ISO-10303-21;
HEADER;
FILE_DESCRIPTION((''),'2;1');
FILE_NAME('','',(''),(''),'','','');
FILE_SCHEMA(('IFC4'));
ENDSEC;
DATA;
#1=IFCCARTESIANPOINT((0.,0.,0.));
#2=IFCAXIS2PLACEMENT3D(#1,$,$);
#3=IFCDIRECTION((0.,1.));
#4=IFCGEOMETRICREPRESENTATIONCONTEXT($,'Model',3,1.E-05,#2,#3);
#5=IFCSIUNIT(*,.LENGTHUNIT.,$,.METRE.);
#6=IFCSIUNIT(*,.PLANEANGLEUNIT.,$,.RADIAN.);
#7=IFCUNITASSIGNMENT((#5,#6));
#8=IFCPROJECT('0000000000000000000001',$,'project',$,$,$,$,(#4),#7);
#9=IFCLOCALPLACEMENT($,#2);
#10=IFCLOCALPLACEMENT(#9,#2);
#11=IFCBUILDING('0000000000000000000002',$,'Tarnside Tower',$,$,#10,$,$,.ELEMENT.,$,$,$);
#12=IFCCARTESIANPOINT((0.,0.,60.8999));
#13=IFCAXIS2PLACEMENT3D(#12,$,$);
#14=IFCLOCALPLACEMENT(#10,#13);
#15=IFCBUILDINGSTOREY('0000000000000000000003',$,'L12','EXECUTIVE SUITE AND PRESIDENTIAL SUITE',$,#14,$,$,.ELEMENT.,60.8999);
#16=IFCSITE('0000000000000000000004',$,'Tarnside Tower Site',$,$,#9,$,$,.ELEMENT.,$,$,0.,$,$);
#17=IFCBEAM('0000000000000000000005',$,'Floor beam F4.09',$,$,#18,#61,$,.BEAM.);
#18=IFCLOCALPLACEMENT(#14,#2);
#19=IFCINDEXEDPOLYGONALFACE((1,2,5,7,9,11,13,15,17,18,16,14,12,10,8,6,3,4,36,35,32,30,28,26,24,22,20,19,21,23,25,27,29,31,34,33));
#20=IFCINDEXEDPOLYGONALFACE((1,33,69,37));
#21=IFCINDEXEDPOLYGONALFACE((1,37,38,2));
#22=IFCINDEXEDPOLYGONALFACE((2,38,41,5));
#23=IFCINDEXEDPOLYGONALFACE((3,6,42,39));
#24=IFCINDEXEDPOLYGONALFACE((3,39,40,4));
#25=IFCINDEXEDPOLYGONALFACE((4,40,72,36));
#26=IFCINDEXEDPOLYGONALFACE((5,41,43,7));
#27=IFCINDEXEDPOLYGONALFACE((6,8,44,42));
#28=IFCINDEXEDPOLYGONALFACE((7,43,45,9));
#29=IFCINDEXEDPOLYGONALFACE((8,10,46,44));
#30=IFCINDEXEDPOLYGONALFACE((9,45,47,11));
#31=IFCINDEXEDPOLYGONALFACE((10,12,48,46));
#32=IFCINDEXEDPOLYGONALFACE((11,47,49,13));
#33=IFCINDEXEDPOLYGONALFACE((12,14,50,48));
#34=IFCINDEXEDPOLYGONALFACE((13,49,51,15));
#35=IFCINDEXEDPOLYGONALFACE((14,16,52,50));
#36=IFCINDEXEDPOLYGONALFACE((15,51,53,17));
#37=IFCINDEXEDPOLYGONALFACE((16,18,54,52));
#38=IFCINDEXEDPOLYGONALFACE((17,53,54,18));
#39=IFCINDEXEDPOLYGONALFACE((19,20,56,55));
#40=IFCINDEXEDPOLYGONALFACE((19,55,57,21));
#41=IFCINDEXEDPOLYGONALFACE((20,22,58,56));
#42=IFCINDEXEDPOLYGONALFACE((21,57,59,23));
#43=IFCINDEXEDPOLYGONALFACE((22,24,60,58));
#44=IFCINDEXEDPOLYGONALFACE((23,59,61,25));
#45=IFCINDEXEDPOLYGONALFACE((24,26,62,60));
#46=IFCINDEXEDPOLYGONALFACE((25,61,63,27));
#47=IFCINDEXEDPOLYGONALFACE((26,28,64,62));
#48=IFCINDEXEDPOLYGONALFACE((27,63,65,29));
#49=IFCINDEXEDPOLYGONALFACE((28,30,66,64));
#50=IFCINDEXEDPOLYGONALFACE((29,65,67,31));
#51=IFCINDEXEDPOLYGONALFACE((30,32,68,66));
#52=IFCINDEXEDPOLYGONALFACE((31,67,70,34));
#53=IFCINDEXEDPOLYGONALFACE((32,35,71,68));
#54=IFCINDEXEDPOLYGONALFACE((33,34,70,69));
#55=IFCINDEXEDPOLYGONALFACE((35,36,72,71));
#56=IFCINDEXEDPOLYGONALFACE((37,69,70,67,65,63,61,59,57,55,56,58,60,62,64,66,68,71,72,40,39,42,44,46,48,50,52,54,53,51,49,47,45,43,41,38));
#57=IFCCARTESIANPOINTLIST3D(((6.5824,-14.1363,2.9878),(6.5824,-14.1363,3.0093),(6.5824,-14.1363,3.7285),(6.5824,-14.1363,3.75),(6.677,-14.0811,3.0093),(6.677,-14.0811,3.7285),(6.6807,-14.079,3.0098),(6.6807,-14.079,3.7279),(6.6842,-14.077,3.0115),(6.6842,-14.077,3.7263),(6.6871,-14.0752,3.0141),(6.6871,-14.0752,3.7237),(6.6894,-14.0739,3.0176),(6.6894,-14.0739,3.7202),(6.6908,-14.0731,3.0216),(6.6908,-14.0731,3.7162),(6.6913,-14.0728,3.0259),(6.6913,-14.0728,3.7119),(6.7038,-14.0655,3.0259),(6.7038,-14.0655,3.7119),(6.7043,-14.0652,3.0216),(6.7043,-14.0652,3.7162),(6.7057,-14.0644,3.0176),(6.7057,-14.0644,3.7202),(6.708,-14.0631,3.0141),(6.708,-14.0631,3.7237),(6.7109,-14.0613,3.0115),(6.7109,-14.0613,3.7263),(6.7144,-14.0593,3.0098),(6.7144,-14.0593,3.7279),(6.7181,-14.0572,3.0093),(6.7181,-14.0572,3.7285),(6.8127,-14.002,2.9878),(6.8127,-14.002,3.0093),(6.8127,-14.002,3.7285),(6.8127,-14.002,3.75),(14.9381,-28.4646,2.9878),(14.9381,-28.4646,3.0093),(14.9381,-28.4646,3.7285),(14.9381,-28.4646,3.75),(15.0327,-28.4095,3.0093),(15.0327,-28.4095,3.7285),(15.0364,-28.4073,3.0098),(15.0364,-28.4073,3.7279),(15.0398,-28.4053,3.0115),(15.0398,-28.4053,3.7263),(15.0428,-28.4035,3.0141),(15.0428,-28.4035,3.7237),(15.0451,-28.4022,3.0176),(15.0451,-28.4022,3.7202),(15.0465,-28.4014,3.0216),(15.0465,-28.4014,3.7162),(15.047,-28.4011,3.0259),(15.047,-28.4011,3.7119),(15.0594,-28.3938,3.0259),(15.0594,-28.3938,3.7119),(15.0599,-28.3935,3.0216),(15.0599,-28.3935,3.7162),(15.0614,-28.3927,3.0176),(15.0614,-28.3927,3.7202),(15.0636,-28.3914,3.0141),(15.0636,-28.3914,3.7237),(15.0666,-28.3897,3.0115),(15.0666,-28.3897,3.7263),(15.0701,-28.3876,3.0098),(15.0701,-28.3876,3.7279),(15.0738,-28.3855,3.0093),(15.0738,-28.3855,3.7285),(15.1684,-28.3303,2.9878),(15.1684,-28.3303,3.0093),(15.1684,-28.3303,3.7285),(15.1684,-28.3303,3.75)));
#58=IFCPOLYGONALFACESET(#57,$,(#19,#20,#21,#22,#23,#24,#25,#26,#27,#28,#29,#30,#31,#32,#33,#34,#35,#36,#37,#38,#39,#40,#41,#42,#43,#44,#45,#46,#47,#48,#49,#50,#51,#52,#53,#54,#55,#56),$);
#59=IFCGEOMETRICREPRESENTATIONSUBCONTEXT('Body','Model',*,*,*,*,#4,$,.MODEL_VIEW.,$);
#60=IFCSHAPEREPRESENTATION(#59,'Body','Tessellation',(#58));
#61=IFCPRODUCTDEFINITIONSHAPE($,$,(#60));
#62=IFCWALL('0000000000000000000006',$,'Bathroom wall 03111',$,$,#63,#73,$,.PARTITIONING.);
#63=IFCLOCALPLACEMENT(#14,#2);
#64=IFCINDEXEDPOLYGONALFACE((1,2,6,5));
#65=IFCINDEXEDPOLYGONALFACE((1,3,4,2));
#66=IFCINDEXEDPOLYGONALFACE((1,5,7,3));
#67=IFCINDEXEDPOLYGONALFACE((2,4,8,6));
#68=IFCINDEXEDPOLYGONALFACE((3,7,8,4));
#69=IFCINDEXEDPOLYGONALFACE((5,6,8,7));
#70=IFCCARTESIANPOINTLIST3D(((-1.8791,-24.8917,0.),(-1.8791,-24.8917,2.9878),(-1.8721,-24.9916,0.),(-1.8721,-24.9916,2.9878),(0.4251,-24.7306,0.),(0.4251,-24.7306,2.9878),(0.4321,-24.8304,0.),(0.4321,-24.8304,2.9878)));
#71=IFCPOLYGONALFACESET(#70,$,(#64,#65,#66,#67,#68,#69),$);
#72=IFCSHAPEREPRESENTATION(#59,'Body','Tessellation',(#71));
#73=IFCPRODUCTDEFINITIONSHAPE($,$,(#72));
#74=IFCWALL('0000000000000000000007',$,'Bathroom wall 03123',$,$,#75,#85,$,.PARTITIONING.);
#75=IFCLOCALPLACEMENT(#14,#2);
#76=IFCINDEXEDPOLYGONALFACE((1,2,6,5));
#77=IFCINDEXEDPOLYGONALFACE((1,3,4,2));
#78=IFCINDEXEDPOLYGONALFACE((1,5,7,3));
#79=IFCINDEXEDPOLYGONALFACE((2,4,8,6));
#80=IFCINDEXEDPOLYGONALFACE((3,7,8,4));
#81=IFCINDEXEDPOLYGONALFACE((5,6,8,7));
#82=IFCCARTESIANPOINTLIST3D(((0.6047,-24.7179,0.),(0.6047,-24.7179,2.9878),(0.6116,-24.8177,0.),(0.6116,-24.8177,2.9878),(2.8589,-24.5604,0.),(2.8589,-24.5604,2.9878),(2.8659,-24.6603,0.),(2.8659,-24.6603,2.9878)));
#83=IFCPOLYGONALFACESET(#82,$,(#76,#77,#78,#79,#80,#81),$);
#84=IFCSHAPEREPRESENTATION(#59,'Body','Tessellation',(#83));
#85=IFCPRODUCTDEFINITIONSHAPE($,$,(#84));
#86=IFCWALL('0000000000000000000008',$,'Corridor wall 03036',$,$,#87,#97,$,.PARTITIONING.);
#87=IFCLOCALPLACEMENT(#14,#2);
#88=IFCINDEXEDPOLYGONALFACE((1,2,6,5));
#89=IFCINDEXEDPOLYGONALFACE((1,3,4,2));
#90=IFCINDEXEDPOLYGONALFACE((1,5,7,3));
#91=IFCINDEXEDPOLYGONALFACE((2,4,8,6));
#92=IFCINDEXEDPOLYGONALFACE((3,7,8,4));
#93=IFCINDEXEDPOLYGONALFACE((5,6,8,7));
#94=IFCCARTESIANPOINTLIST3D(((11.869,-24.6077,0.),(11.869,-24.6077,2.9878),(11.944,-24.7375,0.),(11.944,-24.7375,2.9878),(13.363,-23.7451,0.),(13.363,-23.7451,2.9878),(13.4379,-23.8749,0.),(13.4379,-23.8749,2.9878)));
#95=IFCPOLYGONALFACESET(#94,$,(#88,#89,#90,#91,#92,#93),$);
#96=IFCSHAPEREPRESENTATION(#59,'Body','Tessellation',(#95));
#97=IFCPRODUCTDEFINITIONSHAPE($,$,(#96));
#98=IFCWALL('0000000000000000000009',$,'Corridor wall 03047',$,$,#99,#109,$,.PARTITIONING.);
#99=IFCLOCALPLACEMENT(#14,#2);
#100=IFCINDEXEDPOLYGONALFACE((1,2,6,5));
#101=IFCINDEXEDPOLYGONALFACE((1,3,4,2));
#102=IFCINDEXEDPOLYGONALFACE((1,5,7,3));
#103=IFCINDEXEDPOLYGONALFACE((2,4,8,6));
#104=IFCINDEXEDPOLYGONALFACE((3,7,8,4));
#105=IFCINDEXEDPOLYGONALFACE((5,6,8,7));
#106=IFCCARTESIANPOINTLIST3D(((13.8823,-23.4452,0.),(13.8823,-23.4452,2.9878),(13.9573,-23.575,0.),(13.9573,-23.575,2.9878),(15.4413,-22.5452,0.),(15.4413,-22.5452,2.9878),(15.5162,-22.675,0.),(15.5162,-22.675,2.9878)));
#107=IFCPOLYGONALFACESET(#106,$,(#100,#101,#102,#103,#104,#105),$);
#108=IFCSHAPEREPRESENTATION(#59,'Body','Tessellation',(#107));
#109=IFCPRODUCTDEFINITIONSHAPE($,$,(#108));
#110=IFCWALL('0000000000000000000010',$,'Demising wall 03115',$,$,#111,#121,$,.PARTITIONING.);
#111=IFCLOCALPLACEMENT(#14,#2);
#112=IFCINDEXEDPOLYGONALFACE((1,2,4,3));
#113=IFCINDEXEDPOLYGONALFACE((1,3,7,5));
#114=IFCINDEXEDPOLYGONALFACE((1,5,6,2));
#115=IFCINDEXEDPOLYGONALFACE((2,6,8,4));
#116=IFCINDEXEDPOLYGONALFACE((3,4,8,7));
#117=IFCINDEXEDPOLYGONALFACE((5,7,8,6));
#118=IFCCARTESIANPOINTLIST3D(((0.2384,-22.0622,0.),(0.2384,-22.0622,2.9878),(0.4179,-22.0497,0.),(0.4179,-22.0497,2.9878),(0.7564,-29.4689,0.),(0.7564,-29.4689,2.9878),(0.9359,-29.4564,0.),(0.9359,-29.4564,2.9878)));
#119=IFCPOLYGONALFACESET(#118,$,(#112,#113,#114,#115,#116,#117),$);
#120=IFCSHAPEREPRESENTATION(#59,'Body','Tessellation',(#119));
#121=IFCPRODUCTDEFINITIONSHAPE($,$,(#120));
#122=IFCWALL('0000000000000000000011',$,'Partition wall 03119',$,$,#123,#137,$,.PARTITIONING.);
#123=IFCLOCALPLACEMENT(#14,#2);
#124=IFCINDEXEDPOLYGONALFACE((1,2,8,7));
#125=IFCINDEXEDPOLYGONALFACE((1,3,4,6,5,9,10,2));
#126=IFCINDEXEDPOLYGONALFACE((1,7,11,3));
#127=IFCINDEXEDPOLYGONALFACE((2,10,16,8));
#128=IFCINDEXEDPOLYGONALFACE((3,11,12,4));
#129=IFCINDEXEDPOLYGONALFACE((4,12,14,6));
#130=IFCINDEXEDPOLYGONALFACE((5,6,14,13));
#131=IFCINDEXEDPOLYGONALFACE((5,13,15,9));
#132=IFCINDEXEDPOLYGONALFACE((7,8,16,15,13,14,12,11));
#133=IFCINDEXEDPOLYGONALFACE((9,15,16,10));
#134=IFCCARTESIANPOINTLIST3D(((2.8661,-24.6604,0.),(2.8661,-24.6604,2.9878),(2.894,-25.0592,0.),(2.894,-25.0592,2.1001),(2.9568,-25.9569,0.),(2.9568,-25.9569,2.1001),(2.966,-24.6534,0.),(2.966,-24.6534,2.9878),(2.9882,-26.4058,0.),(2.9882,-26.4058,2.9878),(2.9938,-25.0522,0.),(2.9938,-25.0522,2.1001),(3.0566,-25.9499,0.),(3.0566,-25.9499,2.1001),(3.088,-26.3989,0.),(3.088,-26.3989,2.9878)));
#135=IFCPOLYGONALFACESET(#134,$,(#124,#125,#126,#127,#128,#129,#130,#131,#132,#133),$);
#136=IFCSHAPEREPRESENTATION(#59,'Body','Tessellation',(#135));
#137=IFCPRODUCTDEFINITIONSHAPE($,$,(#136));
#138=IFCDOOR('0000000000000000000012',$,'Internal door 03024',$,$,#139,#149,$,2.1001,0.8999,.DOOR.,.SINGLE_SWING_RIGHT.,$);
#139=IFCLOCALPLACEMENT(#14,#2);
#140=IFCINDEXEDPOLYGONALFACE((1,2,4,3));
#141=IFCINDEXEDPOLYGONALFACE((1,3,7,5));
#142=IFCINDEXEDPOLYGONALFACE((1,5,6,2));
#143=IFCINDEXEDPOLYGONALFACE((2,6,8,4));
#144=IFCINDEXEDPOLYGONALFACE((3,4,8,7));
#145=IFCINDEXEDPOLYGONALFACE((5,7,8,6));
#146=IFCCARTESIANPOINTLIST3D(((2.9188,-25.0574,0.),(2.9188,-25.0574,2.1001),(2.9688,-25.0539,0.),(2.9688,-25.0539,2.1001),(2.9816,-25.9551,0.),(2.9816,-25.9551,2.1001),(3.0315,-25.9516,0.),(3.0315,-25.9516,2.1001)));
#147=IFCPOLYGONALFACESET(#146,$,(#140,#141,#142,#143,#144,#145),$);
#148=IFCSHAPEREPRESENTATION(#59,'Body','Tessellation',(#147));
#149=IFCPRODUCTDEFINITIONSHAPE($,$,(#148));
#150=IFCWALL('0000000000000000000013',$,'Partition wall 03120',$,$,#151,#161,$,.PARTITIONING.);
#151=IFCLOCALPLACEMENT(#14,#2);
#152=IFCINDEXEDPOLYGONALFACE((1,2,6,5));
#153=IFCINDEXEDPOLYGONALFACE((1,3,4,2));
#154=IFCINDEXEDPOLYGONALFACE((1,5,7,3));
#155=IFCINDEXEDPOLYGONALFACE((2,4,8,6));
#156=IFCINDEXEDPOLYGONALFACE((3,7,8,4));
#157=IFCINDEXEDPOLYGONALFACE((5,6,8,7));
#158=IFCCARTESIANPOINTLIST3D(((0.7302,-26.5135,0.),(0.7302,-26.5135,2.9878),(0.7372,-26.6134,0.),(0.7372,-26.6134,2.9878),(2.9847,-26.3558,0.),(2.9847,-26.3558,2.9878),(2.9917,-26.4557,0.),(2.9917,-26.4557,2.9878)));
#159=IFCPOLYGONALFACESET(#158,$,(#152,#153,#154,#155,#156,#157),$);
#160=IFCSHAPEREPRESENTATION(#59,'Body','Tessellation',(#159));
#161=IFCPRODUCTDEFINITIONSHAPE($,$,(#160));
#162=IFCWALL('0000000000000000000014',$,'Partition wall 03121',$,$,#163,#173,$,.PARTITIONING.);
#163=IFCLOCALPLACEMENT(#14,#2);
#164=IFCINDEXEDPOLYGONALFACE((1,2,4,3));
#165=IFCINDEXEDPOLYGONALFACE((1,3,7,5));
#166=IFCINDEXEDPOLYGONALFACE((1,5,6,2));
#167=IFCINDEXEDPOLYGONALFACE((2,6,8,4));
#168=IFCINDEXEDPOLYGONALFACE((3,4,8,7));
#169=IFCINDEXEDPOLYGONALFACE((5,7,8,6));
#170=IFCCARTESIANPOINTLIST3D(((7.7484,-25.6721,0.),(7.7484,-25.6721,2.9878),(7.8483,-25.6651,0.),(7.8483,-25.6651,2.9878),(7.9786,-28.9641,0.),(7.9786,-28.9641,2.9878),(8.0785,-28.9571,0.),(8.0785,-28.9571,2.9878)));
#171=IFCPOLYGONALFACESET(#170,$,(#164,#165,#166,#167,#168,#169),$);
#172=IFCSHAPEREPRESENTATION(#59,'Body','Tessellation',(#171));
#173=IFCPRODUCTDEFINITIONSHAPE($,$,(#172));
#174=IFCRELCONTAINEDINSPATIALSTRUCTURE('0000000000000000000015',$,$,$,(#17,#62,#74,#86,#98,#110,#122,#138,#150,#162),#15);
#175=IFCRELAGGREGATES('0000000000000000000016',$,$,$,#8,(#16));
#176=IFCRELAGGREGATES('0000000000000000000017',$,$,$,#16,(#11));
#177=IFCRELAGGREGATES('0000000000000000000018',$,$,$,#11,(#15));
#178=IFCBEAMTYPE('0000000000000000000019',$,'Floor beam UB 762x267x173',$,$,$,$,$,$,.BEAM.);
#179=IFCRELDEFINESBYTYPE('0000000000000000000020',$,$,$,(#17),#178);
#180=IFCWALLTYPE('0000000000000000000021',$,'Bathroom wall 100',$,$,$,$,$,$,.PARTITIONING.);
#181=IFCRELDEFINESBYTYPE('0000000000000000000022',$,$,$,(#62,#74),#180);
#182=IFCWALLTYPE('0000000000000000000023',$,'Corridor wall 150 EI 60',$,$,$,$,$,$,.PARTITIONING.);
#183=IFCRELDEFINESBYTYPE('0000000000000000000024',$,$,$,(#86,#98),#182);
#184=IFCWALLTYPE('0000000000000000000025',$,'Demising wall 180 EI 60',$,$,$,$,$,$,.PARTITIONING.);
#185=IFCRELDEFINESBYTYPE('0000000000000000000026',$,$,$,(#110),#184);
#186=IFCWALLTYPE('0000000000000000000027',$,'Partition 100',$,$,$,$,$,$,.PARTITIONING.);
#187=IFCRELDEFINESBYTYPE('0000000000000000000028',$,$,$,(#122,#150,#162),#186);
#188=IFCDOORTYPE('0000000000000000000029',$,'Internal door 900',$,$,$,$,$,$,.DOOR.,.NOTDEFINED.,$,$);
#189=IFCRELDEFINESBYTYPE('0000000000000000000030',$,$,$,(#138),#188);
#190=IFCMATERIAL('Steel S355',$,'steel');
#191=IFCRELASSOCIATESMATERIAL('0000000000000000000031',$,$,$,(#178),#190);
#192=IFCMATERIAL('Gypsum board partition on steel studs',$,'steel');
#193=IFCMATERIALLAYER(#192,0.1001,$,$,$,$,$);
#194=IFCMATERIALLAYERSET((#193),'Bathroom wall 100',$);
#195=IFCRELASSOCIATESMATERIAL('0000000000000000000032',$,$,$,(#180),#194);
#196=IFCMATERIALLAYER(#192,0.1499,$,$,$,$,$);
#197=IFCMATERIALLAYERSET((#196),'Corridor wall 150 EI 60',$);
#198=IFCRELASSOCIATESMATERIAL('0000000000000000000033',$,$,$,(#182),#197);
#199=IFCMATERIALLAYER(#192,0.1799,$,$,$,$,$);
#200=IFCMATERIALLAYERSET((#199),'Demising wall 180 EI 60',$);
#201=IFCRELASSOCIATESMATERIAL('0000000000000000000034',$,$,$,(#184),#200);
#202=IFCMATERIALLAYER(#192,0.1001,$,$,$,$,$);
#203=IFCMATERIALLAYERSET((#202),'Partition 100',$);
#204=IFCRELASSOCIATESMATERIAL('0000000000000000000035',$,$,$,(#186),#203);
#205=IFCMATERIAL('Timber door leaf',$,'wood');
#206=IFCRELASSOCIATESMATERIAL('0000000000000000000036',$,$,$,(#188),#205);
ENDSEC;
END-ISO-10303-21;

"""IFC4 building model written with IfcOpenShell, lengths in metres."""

from ifc_helpers import new_model, si_unit, direction, frame, frame_2d, origin, origin_2d, place, context, subcontext, project, spatial, rectangle, i_section, extrude, material, layer, layer_set, material_profile, profile_set, type_object, element, fill, save


model = new_model("IFC4")

# Units and contexts
model_context = context("Model", 3, precision=1e-05, world=origin(), true_north=direction((0.0, 1.0)))
body_context = subcontext(model_context, "Body", "Model", "MODEL_VIEW")
ifc_project = project(units=[si_unit("LENGTHUNIT", "METRE"), si_unit("PLANEANGLEUNIT", "RADIAN")], contexts=[model_context])

# Site, building, storey
site_placement = place(None, origin())
site = spatial("IfcSite", under=ifc_project, at=site_placement, Name="Tarnside Tower Site", CompositionType="ELEMENT", RefElevation=0.0)
building_placement = place(site_placement, origin())
building = spatial("IfcBuilding", under=site, at=building_placement, Name="Tarnside Tower", CompositionType="ELEMENT")
storey_placement = place(building_placement, frame((0.0, 0.0, 60.8999)))
storey = spatial("IfcBuildingStorey", under=building, at=storey_placement, Name="L12", Description="EXECUTIVE SUITE AND PRESIDENTIAL SUITE", CompositionType="ELEMENT", Elevation=60.8999)

# Beam
ifc_material_1 = material(Name="Steel S355", Category="steel")
ifc_material_profile_1 = material_profile(ifc_material_1, i_section(OverallWidth=0.2666, OverallDepth=0.7622, WebThickness=0.0144, FlangeThickness=0.0215, FilletRadius=0.0166, at=origin_2d()), Name="UB 762x267x173")
ifc_profile_set_1 = profile_set([ifc_material_profile_1], Name="Steel S355")
beam_type_1 = type_object("IfcBeamType", Name="Floor beam UB 762x267x173", PredefinedType="BEAM", material=ifc_profile_set_1)
beam_1_placement = place(storey_placement, frame((15.0532, -28.3975, 3.3689), z_axis=(-0.503758, 0.863845, 0.0), x_axis=(-0.863845, -0.503758, 0.0)))
element("IfcBeam", 1, at=beam_1_placement, inside=storey, type_object=beam_type_1, Name="Floor beam F4.09", PredefinedType="BEAM", context=body_context, shape_type="SweptSolid", body=[
    extrude(i_section(OverallWidth=0.2666, OverallDepth=0.7622, WebThickness=0.0144, FlangeThickness=0.0215, FilletRadius=0.0166, at=origin_2d()), origin(), (0.0, 0.0, 1.0), 16.5867),
])

# Walls
ifc_material_2 = material(Name="Gypsum board partition on steel studs", Category="steel")
ifc_layer_1 = layer(ifc_material_2, 0.1001)
ifc_layer_set_1 = layer_set([ifc_layer_1], Name="Bathroom wall 100")
wall_type_1 = type_object("IfcWallType", Name="Bathroom wall 100", PredefinedType="PARTITIONING", material=ifc_layer_set_1)
wall_1_placement = place(storey_placement, frame((0.4285, -24.7805, 0.0), z_axis=(0.0, 0.0, 1.0), x_axis=(-0.997564, -0.06976, 0.0)))
element("IfcWall", 2, at=wall_1_placement, inside=storey, type_object=wall_type_1, Name="Bathroom wall 03111", PredefinedType="PARTITIONING", context=body_context, shape_type="SweptSolid", body=[
    extrude(rectangle(XDim=2.3098, YDim=0.1001, at=frame_2d((1.1548, 0.0))), origin(), (0.0, 0.0, 1.0), 2.9878),
])
wall_2_placement = place(storey_placement, frame((0.6082, -24.7678, 0.0), z_axis=(0.0, 0.0, 1.0), x_axis=(0.997569, 0.069681, 0.0)))
element("IfcWall", 3, at=wall_2_placement, inside=storey, type_object=wall_type_1, Name="Bathroom wall 03123", PredefinedType="PARTITIONING", context=body_context, shape_type="SweptSolid", body=[
    extrude(rectangle(XDim=2.2598, YDim=0.1001, at=frame_2d((1.1299, 0.0))), origin(), (0.0, 0.0, 1.0), 2.9878),
])
ifc_layer_2 = layer(ifc_material_2, 0.1499)
ifc_layer_set_2 = layer_set([ifc_layer_2], Name="Corridor wall 150 EI 60")
wall_type_2 = type_object("IfcWallType", Name="Corridor wall 150 EI 60", PredefinedType="PARTITIONING", material=ifc_layer_set_2)
wall_3_placement = place(storey_placement, frame((11.9065, -24.6726, 0.0), z_axis=(0.0, 0.0, 1.0), x_axis=(0.866014, 0.500021, 0.0)))
element("IfcWall", 4, at=wall_3_placement, inside=storey, type_object=wall_type_2, Name="Corridor wall 03036", PredefinedType="PARTITIONING", context=body_context, shape_type="SweptSolid", body=[
    extrude(rectangle(XDim=1.7251, YDim=0.1499, at=frame_2d((0.8625, 0.0))), origin(), (0.0, 0.0, 1.0), 2.9878),
])
wall_4_placement = place(storey_placement, frame((13.9199, -23.51, 0.0), z_axis=(0.0, 0.0, 1.0), x_axis=(0.866048, 0.499961, 0.0)))
element("IfcWall", 5, at=wall_4_placement, inside=storey, type_object=wall_type_2, Name="Corridor wall 03047", PredefinedType="PARTITIONING", context=body_context, shape_type="SweptSolid", body=[
    extrude(rectangle(XDim=1.8, YDim=0.1499, at=frame_2d((0.8999, 0.0))), origin(), (0.0, 0.0, 1.0), 2.9878),
])
ifc_layer_3 = layer(ifc_material_2, 0.1799)
ifc_layer_set_3 = layer_set([ifc_layer_3], Name="Demising wall 180 EI 60")
wall_type_3 = type_object("IfcWallType", Name="Demising wall 180 EI 60", PredefinedType="PARTITIONING", material=ifc_layer_set_3)
wall_5_placement = place(storey_placement, frame((0.8462, -29.4626, 0.0), z_axis=(0.0, 0.0, 1.0), x_axis=(-0.069775, 0.997563, 0.0)))
element("IfcWall", 6, at=wall_5_placement, inside=storey, type_object=wall_type_3, Name="Demising wall 03115", PredefinedType="PARTITIONING", context=body_context, shape_type="SweptSolid", body=[
    extrude(rectangle(XDim=7.4248, YDim=0.1799, at=frame_2d((3.7124, 0.0))), origin(), (0.0, 0.0, 1.0), 2.9878),
])

# Wall, opening, door
ifc_layer_4 = layer(ifc_material_2, 0.1001)
ifc_layer_set_4 = layer_set([ifc_layer_4], Name="Partition 100")
wall_type_4 = type_object("IfcWallType", Name="Partition 100", PredefinedType="PARTITIONING", material=ifc_layer_set_4)
wall_6_placement = place(storey_placement, frame((2.916, -24.6567, 0.0), z_axis=(0.0, 0.0, 1.0), x_axis=(0.06976, -0.997564, 0.0)))
wall_6 = element("IfcWall", 7, at=wall_6_placement, inside=storey, type_object=wall_type_4, Name="Partition wall 03119", PredefinedType="PARTITIONING", context=body_context, shape_type="SweptSolid", body=[
    extrude(rectangle(XDim=1.7498, YDim=0.1001, at=frame_2d((0.875, 0.0))), origin(), (0.0, 0.0, 1.0), 2.9878),
])
opening_1_placement = place(wall_6_placement, frame((0.3999, 0.0, 0.0)))
opening_1 = element("IfcOpeningElement", 8, at=opening_1_placement, cuts=wall_6, PredefinedType="OPENING", context=body_context, shape_type="SweptSolid", body=[
    extrude(rectangle(XDim=0.8999, YDim=2.1001, at=frame_2d((0.45, 1.05))), frame((0.0, 0.0601, 0.0), z_axis=(0.0, -1.0, 0.0), x_axis=(1.0, 0.0, 0.0)), (0.0, 0.0, 1.0), 0.1201),
])
ifc_material_3 = material(Name="Timber door leaf", Category="wood")
door_type = type_object("IfcDoorType", Name="Internal door 900", OperationType="NOTDEFINED", PredefinedType="DOOR", material=ifc_material_3)
door_1_placement = place(opening_1_placement, origin())
door_1 = element("IfcDoor", 9, at=door_1_placement, inside=storey, type_object=door_type, Name="Internal door 03024", OperationType="SINGLE_SWING_RIGHT", OverallHeight=2.1001, OverallWidth=0.8999, PredefinedType="DOOR", context=body_context, shape_type="SweptSolid", body=[
    extrude(rectangle(XDim=0.8999, YDim=2.1001, at=frame_2d((0.45, 1.05))), frame((0.0, 0.0249, 0.0), z_axis=(0.0, -1.0, 0.0), x_axis=(1.0, 0.0, 0.0)), (0.0, 0.0, 1.0), 0.05),
])
fill(opening_1, door_1)

# Walls
wall_7_placement = place(storey_placement, frame((2.988, -26.4058, 0.0), z_axis=(0.0, 0.0, 1.0), x_axis=(-0.997562, -0.069788, 0.0)))
element("IfcWall", 10, at=wall_7_placement, inside=storey, type_object=wall_type_4, Name="Partition wall 03120", PredefinedType="PARTITIONING", context=body_context, shape_type="SweptSolid", body=[
    extrude(rectangle(XDim=2.26, YDim=0.1001, at=frame_2d((1.1299, 0.0))), origin(), (0.0, 0.0, 1.0), 2.9878),
])
wall_8_placement = place(storey_placement, frame((8.0286, -28.9604, 0.0), z_axis=(0.0, 0.0, 1.0), x_axis=(-0.069764, 0.997564, 0.0)))
element("IfcWall", 11, at=wall_8_placement, inside=storey, type_object=wall_type_4, Name="Partition wall 03121", PredefinedType="PARTITIONING", context=body_context, shape_type="SweptSolid", body=[
    extrude(rectangle(XDim=3.3, YDim=0.1001, at=frame_2d((1.6499, 0.0))), origin(), (0.0, 0.0, 1.0), 2.9878),
])

save(model, "model.ifc")
